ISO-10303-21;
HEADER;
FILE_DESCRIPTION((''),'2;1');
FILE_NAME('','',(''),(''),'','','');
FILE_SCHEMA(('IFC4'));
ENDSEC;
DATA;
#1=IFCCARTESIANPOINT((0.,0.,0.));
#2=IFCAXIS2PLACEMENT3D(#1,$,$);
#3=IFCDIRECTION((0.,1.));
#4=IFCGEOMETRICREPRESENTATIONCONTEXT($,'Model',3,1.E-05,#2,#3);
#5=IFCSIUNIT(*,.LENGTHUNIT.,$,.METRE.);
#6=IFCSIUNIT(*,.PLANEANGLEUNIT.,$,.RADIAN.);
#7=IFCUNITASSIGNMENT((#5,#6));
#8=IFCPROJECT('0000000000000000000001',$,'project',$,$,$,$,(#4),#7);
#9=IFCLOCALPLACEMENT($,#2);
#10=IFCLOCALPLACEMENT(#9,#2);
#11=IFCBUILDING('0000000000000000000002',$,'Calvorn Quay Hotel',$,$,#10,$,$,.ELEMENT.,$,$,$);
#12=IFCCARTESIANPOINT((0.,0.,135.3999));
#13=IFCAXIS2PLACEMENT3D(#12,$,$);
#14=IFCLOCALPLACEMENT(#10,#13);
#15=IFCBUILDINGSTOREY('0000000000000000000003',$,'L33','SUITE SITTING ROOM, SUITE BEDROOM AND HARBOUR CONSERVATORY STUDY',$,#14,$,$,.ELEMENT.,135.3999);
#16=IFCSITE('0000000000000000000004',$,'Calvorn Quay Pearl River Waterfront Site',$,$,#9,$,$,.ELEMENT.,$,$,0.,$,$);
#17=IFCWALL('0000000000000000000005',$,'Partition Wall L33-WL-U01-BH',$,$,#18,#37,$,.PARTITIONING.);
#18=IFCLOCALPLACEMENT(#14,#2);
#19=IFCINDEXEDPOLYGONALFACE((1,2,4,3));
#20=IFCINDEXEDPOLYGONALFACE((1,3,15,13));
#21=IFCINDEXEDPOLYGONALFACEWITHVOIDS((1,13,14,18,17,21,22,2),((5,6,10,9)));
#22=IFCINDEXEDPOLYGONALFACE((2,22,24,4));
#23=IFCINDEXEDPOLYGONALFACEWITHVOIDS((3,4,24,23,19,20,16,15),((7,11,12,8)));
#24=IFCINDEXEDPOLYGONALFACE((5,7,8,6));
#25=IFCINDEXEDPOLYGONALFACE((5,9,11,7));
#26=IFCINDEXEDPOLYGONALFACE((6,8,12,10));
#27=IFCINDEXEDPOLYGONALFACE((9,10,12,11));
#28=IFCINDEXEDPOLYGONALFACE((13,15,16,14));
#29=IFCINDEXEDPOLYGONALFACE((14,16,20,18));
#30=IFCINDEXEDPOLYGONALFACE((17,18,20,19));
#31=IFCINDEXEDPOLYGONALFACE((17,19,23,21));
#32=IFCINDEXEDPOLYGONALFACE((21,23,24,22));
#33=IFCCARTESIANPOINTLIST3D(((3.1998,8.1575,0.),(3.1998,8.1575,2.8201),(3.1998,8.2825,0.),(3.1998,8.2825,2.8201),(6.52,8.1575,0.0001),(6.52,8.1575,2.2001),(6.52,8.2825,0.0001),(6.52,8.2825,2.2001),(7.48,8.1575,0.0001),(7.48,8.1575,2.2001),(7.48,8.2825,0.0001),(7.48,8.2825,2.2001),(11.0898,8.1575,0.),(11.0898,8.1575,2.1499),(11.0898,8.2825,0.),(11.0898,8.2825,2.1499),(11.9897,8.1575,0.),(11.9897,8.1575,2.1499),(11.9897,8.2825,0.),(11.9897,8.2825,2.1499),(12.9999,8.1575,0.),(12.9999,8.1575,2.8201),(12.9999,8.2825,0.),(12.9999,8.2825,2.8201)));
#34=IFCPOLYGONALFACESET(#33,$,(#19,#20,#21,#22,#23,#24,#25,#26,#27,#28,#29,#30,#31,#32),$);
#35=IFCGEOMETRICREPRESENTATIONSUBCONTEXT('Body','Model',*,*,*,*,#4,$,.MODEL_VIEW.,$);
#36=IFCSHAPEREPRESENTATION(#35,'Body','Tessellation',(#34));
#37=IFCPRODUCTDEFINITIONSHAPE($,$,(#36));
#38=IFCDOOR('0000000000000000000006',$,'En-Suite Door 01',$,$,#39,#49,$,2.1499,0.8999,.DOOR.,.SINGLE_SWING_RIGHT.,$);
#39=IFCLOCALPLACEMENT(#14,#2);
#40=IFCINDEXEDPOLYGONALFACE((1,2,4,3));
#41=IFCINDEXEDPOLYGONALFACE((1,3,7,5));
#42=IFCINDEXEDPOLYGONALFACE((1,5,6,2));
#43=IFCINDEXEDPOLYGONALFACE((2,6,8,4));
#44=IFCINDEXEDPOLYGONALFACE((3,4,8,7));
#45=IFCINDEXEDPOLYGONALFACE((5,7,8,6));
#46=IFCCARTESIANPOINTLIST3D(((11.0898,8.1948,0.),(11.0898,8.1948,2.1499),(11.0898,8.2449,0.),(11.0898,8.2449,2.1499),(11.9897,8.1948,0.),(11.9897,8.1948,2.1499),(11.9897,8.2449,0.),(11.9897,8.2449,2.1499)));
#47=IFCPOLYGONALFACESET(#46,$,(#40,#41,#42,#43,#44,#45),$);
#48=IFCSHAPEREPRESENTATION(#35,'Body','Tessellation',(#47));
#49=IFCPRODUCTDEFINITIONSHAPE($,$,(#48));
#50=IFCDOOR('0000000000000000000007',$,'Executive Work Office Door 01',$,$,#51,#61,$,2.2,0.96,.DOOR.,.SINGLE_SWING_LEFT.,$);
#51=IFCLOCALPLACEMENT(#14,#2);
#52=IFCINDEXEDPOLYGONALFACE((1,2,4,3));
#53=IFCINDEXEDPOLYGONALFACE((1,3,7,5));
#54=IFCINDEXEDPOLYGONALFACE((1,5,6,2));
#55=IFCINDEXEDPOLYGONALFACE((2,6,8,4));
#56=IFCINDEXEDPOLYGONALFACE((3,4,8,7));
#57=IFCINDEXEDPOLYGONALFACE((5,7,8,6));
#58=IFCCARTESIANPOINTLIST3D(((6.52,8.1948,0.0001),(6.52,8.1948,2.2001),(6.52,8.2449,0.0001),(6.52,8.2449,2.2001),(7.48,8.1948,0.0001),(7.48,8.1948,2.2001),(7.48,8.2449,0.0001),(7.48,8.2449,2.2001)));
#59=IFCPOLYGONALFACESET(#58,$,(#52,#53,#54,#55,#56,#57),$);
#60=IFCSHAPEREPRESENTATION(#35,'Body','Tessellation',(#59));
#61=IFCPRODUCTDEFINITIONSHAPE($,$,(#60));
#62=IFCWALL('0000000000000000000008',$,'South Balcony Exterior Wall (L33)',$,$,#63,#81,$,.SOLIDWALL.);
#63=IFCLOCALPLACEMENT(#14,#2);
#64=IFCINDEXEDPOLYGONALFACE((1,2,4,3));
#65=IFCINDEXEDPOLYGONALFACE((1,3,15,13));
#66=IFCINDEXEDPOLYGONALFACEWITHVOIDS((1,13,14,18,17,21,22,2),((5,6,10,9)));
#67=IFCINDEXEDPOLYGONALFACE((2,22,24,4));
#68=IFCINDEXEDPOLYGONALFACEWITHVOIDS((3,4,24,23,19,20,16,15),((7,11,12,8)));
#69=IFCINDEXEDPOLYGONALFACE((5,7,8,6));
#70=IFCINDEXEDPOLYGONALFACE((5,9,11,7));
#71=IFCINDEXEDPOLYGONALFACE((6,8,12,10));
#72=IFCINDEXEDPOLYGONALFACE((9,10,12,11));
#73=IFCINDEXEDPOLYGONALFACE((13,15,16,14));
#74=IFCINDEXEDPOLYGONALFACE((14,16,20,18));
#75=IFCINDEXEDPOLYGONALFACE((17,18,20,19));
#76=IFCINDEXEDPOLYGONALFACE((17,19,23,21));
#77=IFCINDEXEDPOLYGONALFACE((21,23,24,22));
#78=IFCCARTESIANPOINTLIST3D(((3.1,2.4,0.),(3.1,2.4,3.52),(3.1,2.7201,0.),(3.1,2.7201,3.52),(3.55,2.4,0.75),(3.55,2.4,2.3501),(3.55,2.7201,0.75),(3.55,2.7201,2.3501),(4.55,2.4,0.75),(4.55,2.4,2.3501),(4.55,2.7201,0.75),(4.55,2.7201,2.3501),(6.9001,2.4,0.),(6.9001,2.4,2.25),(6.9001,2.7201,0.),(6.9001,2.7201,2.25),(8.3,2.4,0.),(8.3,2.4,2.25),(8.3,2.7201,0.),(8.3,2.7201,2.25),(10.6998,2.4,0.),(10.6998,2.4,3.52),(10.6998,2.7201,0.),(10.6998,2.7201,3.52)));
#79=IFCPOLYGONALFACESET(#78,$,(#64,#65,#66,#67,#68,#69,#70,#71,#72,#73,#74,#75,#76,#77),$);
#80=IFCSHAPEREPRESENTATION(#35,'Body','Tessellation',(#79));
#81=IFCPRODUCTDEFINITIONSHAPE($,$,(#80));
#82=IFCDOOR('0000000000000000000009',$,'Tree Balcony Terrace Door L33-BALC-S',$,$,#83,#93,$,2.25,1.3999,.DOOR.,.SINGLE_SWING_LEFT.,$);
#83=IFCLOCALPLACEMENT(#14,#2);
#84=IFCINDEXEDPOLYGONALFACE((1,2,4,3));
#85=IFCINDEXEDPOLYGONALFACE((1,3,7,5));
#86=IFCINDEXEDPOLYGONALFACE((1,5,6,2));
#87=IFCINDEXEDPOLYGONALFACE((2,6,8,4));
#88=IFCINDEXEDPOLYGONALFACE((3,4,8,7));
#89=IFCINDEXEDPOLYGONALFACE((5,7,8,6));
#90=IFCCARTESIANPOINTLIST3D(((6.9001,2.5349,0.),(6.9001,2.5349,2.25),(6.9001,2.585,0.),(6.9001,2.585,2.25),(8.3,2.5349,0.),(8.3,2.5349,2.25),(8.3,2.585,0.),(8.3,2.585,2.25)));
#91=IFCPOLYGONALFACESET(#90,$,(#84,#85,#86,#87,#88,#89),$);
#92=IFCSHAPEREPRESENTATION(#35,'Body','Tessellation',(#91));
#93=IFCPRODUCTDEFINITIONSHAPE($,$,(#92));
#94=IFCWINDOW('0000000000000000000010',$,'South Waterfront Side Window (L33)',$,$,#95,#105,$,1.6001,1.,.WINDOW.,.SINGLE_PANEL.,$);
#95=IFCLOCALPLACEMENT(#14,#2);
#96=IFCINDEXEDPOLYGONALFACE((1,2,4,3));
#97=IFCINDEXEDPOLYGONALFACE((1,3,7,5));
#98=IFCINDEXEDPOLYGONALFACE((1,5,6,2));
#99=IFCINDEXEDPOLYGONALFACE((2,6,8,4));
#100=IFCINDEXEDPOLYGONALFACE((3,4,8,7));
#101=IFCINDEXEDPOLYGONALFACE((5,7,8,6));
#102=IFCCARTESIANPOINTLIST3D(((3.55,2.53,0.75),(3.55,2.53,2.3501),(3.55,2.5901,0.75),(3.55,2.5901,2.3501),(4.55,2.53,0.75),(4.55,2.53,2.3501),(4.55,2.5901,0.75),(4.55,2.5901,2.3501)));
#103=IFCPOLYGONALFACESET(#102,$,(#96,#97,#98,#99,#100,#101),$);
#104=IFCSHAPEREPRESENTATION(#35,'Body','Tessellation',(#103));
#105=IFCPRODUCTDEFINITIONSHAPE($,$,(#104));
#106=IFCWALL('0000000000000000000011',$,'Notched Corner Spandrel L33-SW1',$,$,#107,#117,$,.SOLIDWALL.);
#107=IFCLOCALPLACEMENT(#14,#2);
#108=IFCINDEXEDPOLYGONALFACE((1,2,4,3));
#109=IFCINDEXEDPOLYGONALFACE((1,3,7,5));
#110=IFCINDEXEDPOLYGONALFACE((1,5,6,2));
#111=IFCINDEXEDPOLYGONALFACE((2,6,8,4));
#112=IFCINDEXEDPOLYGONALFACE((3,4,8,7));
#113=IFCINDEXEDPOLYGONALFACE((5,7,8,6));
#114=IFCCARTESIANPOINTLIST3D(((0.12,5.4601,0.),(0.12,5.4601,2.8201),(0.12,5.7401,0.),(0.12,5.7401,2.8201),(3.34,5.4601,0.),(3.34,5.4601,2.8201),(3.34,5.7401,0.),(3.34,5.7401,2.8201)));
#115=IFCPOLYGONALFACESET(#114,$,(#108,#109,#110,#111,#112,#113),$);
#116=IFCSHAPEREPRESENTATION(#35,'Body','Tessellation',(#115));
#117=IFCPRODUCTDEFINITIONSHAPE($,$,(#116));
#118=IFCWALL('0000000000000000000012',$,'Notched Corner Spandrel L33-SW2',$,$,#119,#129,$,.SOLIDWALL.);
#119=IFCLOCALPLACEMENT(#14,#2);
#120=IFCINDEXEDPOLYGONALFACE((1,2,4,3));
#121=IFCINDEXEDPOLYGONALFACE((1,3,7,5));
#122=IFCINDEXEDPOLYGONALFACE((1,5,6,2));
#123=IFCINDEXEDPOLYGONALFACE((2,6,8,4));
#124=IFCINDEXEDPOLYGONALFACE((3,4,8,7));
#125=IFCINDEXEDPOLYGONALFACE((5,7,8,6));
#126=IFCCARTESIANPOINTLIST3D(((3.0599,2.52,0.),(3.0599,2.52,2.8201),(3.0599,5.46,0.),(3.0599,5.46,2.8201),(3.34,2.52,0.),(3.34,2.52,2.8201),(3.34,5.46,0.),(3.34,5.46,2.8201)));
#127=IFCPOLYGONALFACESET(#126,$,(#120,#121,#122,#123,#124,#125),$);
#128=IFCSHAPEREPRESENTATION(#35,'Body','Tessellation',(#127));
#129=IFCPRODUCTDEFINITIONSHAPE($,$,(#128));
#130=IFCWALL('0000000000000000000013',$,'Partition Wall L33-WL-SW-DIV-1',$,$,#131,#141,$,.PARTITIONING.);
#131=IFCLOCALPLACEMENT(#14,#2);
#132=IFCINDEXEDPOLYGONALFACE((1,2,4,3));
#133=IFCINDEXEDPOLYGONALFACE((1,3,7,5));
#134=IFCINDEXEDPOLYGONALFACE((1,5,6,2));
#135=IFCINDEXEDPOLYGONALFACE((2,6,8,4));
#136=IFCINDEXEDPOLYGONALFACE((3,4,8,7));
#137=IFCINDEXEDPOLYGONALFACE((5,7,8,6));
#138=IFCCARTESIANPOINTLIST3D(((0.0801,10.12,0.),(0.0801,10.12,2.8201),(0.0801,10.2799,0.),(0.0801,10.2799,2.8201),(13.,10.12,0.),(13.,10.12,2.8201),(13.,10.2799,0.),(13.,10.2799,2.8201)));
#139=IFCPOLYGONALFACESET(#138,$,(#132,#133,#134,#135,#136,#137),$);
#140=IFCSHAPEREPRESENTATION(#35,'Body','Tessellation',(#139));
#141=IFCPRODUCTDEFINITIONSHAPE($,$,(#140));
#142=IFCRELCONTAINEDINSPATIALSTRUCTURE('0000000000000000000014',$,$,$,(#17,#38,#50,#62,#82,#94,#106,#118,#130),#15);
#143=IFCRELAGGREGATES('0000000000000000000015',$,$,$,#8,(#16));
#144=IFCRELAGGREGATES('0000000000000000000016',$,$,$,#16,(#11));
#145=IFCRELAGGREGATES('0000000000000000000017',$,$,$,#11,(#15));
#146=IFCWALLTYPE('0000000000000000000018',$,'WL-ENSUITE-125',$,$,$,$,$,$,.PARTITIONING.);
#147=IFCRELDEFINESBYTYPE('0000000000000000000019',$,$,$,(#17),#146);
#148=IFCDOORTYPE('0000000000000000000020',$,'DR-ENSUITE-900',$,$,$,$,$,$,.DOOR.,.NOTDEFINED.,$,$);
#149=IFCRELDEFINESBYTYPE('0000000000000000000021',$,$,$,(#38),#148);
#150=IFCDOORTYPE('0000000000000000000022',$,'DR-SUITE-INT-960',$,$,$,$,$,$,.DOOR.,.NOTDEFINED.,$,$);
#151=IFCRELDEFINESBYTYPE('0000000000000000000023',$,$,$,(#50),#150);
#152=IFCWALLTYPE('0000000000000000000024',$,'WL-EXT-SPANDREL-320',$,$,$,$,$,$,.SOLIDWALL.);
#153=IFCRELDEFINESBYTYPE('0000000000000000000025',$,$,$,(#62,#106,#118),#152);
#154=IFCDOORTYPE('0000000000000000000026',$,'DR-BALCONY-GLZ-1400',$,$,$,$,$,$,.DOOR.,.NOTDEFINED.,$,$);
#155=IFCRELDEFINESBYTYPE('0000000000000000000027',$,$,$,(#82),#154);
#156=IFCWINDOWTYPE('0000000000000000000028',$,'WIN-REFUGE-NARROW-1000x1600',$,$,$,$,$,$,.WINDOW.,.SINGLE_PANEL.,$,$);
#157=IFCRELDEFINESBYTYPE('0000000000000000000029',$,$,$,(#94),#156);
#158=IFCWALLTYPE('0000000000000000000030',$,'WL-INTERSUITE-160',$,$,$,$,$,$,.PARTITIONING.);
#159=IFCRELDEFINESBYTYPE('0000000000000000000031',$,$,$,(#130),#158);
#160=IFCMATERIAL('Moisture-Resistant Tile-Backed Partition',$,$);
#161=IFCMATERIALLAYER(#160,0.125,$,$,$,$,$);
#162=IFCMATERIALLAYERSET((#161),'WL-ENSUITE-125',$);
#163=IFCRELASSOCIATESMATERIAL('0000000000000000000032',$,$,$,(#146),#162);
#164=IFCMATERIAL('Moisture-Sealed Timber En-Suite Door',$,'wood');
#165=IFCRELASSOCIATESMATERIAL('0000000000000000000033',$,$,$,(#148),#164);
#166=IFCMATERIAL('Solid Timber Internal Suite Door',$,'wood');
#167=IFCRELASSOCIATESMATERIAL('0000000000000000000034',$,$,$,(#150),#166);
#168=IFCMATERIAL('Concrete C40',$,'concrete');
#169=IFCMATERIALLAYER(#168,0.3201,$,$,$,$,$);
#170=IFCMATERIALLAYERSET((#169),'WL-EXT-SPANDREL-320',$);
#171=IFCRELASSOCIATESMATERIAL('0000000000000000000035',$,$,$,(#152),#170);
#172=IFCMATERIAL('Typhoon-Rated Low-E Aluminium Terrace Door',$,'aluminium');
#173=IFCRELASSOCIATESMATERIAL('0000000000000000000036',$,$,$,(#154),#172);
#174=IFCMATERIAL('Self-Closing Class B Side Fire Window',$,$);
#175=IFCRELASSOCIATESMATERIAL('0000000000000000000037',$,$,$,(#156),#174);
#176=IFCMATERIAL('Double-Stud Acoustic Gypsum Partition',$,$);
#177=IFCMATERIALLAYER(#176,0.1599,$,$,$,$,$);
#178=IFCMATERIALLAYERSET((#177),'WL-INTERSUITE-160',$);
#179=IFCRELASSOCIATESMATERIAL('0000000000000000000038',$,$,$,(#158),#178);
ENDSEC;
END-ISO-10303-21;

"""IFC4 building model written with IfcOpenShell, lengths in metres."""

from ifc_helpers import new_model, si_unit, direction, frame, frame_2d, origin, place, context, subcontext, project, spatial, rectangle, extrude, material, layer, layer_set, type_object, element, fill, save


model = new_model("IFC4")

# Units and contexts
model_context = context("Model", 3, precision=1e-05, world=origin(), true_north=direction((0.0, 1.0)))
body_context = subcontext(model_context, "Body", "Model", "MODEL_VIEW")
ifc_project = project(units=[si_unit("LENGTHUNIT", "METRE"), si_unit("PLANEANGLEUNIT", "RADIAN")], contexts=[model_context])

# Site, building, storey
site_placement = place(None, origin())
site = spatial("IfcSite", under=ifc_project, at=site_placement, Name="Calvorn Quay Pearl River Waterfront Site", CompositionType="ELEMENT", RefElevation=0.0)
building_placement = place(site_placement, origin())
building = spatial("IfcBuilding", under=site, at=building_placement, Name="Calvorn Quay Hotel", CompositionType="ELEMENT")
storey_placement = place(building_placement, frame((0.0, 0.0, 135.3999)))
storey = spatial("IfcBuildingStorey", under=building, at=storey_placement, Name="L33", Description="SUITE SITTING ROOM, SUITE BEDROOM AND HARBOUR CONSERVATORY STUDY", CompositionType="ELEMENT", Elevation=135.3999)

# Wall, openings, doors
ifc_material_1 = material(Name="Moisture-Resistant Tile-Backed Partition")
ifc_layer_1 = layer(ifc_material_1, 0.125)
ifc_layer_set_1 = layer_set([ifc_layer_1], Name="WL-ENSUITE-125")
wall_type_1 = type_object("IfcWallType", Name="WL-ENSUITE-125", PredefinedType="PARTITIONING", material=ifc_layer_set_1)
wall_1_placement = place(storey_placement, frame((3.2, 8.22, 0.0), z_axis=(0.0, 0.0, 1.0), x_axis=(1.0, 0.0, 0.0)))
wall_1 = element("IfcWall", 1, at=wall_1_placement, inside=storey, type_object=wall_type_1, Name="Partition Wall L33-WL-U01-BH", PredefinedType="PARTITIONING", context=body_context, shape_type="SweptSolid", body=[
    extrude(rectangle(XDim=9.8, YDim=0.125, at=frame_2d((4.8999, 0.0))), origin(), (0.0, 0.0, 1.0), 2.8201),
])
opening_1_placement = place(wall_1_placement, frame((3.3201, 0.0, 0.0)))
opening_1 = element("IfcOpeningElement", 2, at=opening_1_placement, cuts=wall_1, PredefinedType="OPENING", context=body_context, shape_type="SweptSolid", body=[
    extrude(rectangle(XDim=0.96, YDim=2.2, at=frame_2d((0.48, 1.1001))), frame((0.0, 0.0725, 0.0), z_axis=(0.0, -1.0, 0.0), x_axis=(1.0, 0.0, 0.0)), (0.0, 0.0, 1.0), 0.145),
])
opening_2_placement = place(wall_1_placement, frame((7.8899, 0.0, 0.0)))
opening_2 = element("IfcOpeningElement", 3, at=opening_2_placement, cuts=wall_1, PredefinedType="OPENING", context=body_context, shape_type="SweptSolid", body=[
    extrude(rectangle(XDim=0.8999, YDim=2.1499, at=frame_2d((0.45, 1.075))), frame((0.0, 0.0725, 0.0), z_axis=(0.0, -1.0, 0.0), x_axis=(1.0, 0.0, 0.0)), (0.0, 0.0, 1.0), 0.145),
])
ifc_material_2 = material(Name="Moisture-Sealed Timber En-Suite Door", Category="wood")
door_type_1 = type_object("IfcDoorType", Name="DR-ENSUITE-900", OperationType="NOTDEFINED", PredefinedType="DOOR", material=ifc_material_2)
door_1_placement = place(opening_2_placement, origin())
door_1 = element("IfcDoor", 4, at=door_1_placement, inside=storey, type_object=door_type_1, Name="En-Suite Door 01", OperationType="SINGLE_SWING_RIGHT", OverallHeight=2.1499, OverallWidth=0.8999, PredefinedType="DOOR", context=body_context, shape_type="SweptSolid", body=[
    extrude(rectangle(XDim=0.8999, YDim=2.1499, at=frame_2d((0.45, 1.075))), frame((0.0, 0.0249, 0.0), z_axis=(0.0, -1.0, 0.0), x_axis=(1.0, 0.0, 0.0)), (0.0, 0.0, 1.0), 0.05),
])
fill(opening_2, door_1)
ifc_material_3 = material(Name="Solid Timber Internal Suite Door", Category="wood")
door_type_2 = type_object("IfcDoorType", Name="DR-SUITE-INT-960", OperationType="NOTDEFINED", PredefinedType="DOOR", material=ifc_material_3)
door_2_placement = place(opening_1_placement, origin())
door_2 = element("IfcDoor", 5, at=door_2_placement, inside=storey, type_object=door_type_2, Name="Executive Work Office Door 01", OperationType="SINGLE_SWING_LEFT", OverallHeight=2.2, OverallWidth=0.96, PredefinedType="DOOR", context=body_context, shape_type="SweptSolid", body=[
    extrude(rectangle(XDim=0.96, YDim=2.2, at=frame_2d((0.48, 1.1001))), frame((0.0, 0.0249, 0.0), z_axis=(0.0, -1.0, 0.0), x_axis=(1.0, 0.0, 0.0)), (0.0, 0.0, 1.0), 0.05),
])
fill(opening_1, door_2)

# Wall, openings, door, window
ifc_material_4 = material(Name="Concrete C40", Category="concrete")
ifc_layer_2 = layer(ifc_material_4, 0.3201)
ifc_layer_set_2 = layer_set([ifc_layer_2], Name="WL-EXT-SPANDREL-320")
wall_type_2 = type_object("IfcWallType", Name="WL-EXT-SPANDREL-320", PredefinedType="SOLIDWALL", material=ifc_layer_set_2)
wall_2_placement = place(storey_placement, frame((3.1001, 2.5601, 0.0), z_axis=(0.0, 0.0, 1.0), x_axis=(1.0, 0.0, 0.0)))
wall_2 = element("IfcWall", 6, at=wall_2_placement, inside=storey, type_object=wall_type_2, Name="South Balcony Exterior Wall (L33)", PredefinedType="SOLIDWALL", context=body_context, shape_type="SweptSolid", body=[
    extrude(rectangle(XDim=7.5999, YDim=0.3201, at=frame_2d((3.7998, 0.0))), origin(), (0.0, 0.0, 1.0), 3.52),
])
opening_3_placement = place(wall_2_placement, frame((0.45, 0.0, 0.75)))
opening_3 = element("IfcOpeningElement", 7, at=opening_3_placement, cuts=wall_2, PredefinedType="OPENING", context=body_context, shape_type="SweptSolid", body=[
    extrude(rectangle(XDim=1.0, YDim=1.6001, at=frame_2d((0.5, 0.8))), frame((0.0, 0.1699, 0.0), z_axis=(0.0, -1.0, 0.0), x_axis=(1.0, 0.0, 0.0)), (0.0, 0.0, 1.0), 0.3401),
])
opening_4_placement = place(wall_2_placement, frame((3.8, 0.0, 0.0)))
opening_4 = element("IfcOpeningElement", 8, at=opening_4_placement, cuts=wall_2, PredefinedType="OPENING", context=body_context, shape_type="SweptSolid", body=[
    extrude(rectangle(XDim=1.3999, YDim=2.25, at=frame_2d((0.7, 1.125))), frame((0.0, 0.1699, 0.0), z_axis=(0.0, -1.0, 0.0), x_axis=(1.0, 0.0, 0.0)), (0.0, 0.0, 1.0), 0.3401),
])
ifc_material_5 = material(Name="Typhoon-Rated Low-E Aluminium Terrace Door", Category="aluminium")
door_type_3 = type_object("IfcDoorType", Name="DR-BALCONY-GLZ-1400", OperationType="NOTDEFINED", PredefinedType="DOOR", material=ifc_material_5)
door_3_placement = place(opening_4_placement, origin())
door_3 = element("IfcDoor", 9, at=door_3_placement, inside=storey, type_object=door_type_3, Name="Tree Balcony Terrace Door L33-BALC-S", OperationType="SINGLE_SWING_LEFT", OverallHeight=2.25, OverallWidth=1.3999, PredefinedType="DOOR", context=body_context, shape_type="SweptSolid", body=[
    extrude(rectangle(XDim=1.3999, YDim=2.25, at=frame_2d((0.7, 1.125))), frame((0.0, 0.0249, 0.0), z_axis=(0.0, -1.0, 0.0), x_axis=(1.0, 0.0, 0.0)), (0.0, 0.0, 1.0), 0.05),
])
fill(opening_4, door_3)
ifc_material_6 = material(Name="Self-Closing Class B Side Fire Window")
window_type = type_object("IfcWindowType", Name="WIN-REFUGE-NARROW-1000x1600", PartitioningType="SINGLE_PANEL", PredefinedType="WINDOW", material=ifc_material_6)
window_placement = place(opening_3_placement, origin())
window = element("IfcWindow", 10, at=window_placement, inside=storey, type_object=window_type, Name="South Waterfront Side Window (L33)", OverallHeight=1.6001, OverallWidth=1.0, PartitioningType="SINGLE_PANEL", PredefinedType="WINDOW", context=body_context, shape_type="SweptSolid", body=[
    extrude(rectangle(XDim=1.0, YDim=1.6001, at=frame_2d((0.5, 0.8))), frame((0.0, 0.03, 0.0), z_axis=(0.0, -1.0, 0.0), x_axis=(1.0, 0.0, 0.0)), (0.0, 0.0, 1.0), 0.0601),
])
fill(opening_3, window)

# Walls
wall_3_placement = place(storey_placement, frame((0.1201, 5.6001, 0.0), z_axis=(0.0, 0.0, 1.0), x_axis=(1.0, 0.0, 0.0)))
element("IfcWall", 11, at=wall_3_placement, inside=storey, type_object=wall_type_2, Name="Notched Corner Spandrel L33-SW1", PredefinedType="SOLIDWALL", context=body_context, shape_type="SweptSolid", body=[
    extrude(rectangle(XDim=3.22, YDim=0.28, at=frame_2d((1.6099, 0.0))), origin(), (0.0, 0.0, 1.0), 2.8201),
])
wall_4_placement = place(storey_placement, frame((3.2, 5.46, 0.0), z_axis=(0.0, 0.0, 1.0), x_axis=(0.0, -1.0, 0.0)))
element("IfcWall", 12, at=wall_4_placement, inside=storey, type_object=wall_type_2, Name="Notched Corner Spandrel L33-SW2", PredefinedType="SOLIDWALL", context=body_context, shape_type="SweptSolid", body=[
    extrude(rectangle(XDim=2.9399, YDim=0.28, at=frame_2d((1.47, 0.0))), origin(), (0.0, 0.0, 1.0), 2.8201),
])
ifc_material_7 = material(Name="Double-Stud Acoustic Gypsum Partition")
ifc_layer_3 = layer(ifc_material_7, 0.1599)
ifc_layer_set_3 = layer_set([ifc_layer_3], Name="WL-INTERSUITE-160")
wall_type_3 = type_object("IfcWallType", Name="WL-INTERSUITE-160", PredefinedType="PARTITIONING", material=ifc_layer_set_3)
wall_5_placement = place(storey_placement, frame((0.0801, 10.2, 0.0), z_axis=(0.0, 0.0, 1.0), x_axis=(1.0, 0.0, 0.0)))
element("IfcWall", 13, at=wall_5_placement, inside=storey, type_object=wall_type_3, Name="Partition Wall L33-WL-SW-DIV-1", PredefinedType="PARTITIONING", context=body_context, shape_type="SweptSolid", body=[
    extrude(rectangle(XDim=12.9199, YDim=0.1599, at=frame_2d((6.46, 0.0))), origin(), (0.0, 0.0, 1.0), 2.8201),
])

save(model, "model.ifc")
